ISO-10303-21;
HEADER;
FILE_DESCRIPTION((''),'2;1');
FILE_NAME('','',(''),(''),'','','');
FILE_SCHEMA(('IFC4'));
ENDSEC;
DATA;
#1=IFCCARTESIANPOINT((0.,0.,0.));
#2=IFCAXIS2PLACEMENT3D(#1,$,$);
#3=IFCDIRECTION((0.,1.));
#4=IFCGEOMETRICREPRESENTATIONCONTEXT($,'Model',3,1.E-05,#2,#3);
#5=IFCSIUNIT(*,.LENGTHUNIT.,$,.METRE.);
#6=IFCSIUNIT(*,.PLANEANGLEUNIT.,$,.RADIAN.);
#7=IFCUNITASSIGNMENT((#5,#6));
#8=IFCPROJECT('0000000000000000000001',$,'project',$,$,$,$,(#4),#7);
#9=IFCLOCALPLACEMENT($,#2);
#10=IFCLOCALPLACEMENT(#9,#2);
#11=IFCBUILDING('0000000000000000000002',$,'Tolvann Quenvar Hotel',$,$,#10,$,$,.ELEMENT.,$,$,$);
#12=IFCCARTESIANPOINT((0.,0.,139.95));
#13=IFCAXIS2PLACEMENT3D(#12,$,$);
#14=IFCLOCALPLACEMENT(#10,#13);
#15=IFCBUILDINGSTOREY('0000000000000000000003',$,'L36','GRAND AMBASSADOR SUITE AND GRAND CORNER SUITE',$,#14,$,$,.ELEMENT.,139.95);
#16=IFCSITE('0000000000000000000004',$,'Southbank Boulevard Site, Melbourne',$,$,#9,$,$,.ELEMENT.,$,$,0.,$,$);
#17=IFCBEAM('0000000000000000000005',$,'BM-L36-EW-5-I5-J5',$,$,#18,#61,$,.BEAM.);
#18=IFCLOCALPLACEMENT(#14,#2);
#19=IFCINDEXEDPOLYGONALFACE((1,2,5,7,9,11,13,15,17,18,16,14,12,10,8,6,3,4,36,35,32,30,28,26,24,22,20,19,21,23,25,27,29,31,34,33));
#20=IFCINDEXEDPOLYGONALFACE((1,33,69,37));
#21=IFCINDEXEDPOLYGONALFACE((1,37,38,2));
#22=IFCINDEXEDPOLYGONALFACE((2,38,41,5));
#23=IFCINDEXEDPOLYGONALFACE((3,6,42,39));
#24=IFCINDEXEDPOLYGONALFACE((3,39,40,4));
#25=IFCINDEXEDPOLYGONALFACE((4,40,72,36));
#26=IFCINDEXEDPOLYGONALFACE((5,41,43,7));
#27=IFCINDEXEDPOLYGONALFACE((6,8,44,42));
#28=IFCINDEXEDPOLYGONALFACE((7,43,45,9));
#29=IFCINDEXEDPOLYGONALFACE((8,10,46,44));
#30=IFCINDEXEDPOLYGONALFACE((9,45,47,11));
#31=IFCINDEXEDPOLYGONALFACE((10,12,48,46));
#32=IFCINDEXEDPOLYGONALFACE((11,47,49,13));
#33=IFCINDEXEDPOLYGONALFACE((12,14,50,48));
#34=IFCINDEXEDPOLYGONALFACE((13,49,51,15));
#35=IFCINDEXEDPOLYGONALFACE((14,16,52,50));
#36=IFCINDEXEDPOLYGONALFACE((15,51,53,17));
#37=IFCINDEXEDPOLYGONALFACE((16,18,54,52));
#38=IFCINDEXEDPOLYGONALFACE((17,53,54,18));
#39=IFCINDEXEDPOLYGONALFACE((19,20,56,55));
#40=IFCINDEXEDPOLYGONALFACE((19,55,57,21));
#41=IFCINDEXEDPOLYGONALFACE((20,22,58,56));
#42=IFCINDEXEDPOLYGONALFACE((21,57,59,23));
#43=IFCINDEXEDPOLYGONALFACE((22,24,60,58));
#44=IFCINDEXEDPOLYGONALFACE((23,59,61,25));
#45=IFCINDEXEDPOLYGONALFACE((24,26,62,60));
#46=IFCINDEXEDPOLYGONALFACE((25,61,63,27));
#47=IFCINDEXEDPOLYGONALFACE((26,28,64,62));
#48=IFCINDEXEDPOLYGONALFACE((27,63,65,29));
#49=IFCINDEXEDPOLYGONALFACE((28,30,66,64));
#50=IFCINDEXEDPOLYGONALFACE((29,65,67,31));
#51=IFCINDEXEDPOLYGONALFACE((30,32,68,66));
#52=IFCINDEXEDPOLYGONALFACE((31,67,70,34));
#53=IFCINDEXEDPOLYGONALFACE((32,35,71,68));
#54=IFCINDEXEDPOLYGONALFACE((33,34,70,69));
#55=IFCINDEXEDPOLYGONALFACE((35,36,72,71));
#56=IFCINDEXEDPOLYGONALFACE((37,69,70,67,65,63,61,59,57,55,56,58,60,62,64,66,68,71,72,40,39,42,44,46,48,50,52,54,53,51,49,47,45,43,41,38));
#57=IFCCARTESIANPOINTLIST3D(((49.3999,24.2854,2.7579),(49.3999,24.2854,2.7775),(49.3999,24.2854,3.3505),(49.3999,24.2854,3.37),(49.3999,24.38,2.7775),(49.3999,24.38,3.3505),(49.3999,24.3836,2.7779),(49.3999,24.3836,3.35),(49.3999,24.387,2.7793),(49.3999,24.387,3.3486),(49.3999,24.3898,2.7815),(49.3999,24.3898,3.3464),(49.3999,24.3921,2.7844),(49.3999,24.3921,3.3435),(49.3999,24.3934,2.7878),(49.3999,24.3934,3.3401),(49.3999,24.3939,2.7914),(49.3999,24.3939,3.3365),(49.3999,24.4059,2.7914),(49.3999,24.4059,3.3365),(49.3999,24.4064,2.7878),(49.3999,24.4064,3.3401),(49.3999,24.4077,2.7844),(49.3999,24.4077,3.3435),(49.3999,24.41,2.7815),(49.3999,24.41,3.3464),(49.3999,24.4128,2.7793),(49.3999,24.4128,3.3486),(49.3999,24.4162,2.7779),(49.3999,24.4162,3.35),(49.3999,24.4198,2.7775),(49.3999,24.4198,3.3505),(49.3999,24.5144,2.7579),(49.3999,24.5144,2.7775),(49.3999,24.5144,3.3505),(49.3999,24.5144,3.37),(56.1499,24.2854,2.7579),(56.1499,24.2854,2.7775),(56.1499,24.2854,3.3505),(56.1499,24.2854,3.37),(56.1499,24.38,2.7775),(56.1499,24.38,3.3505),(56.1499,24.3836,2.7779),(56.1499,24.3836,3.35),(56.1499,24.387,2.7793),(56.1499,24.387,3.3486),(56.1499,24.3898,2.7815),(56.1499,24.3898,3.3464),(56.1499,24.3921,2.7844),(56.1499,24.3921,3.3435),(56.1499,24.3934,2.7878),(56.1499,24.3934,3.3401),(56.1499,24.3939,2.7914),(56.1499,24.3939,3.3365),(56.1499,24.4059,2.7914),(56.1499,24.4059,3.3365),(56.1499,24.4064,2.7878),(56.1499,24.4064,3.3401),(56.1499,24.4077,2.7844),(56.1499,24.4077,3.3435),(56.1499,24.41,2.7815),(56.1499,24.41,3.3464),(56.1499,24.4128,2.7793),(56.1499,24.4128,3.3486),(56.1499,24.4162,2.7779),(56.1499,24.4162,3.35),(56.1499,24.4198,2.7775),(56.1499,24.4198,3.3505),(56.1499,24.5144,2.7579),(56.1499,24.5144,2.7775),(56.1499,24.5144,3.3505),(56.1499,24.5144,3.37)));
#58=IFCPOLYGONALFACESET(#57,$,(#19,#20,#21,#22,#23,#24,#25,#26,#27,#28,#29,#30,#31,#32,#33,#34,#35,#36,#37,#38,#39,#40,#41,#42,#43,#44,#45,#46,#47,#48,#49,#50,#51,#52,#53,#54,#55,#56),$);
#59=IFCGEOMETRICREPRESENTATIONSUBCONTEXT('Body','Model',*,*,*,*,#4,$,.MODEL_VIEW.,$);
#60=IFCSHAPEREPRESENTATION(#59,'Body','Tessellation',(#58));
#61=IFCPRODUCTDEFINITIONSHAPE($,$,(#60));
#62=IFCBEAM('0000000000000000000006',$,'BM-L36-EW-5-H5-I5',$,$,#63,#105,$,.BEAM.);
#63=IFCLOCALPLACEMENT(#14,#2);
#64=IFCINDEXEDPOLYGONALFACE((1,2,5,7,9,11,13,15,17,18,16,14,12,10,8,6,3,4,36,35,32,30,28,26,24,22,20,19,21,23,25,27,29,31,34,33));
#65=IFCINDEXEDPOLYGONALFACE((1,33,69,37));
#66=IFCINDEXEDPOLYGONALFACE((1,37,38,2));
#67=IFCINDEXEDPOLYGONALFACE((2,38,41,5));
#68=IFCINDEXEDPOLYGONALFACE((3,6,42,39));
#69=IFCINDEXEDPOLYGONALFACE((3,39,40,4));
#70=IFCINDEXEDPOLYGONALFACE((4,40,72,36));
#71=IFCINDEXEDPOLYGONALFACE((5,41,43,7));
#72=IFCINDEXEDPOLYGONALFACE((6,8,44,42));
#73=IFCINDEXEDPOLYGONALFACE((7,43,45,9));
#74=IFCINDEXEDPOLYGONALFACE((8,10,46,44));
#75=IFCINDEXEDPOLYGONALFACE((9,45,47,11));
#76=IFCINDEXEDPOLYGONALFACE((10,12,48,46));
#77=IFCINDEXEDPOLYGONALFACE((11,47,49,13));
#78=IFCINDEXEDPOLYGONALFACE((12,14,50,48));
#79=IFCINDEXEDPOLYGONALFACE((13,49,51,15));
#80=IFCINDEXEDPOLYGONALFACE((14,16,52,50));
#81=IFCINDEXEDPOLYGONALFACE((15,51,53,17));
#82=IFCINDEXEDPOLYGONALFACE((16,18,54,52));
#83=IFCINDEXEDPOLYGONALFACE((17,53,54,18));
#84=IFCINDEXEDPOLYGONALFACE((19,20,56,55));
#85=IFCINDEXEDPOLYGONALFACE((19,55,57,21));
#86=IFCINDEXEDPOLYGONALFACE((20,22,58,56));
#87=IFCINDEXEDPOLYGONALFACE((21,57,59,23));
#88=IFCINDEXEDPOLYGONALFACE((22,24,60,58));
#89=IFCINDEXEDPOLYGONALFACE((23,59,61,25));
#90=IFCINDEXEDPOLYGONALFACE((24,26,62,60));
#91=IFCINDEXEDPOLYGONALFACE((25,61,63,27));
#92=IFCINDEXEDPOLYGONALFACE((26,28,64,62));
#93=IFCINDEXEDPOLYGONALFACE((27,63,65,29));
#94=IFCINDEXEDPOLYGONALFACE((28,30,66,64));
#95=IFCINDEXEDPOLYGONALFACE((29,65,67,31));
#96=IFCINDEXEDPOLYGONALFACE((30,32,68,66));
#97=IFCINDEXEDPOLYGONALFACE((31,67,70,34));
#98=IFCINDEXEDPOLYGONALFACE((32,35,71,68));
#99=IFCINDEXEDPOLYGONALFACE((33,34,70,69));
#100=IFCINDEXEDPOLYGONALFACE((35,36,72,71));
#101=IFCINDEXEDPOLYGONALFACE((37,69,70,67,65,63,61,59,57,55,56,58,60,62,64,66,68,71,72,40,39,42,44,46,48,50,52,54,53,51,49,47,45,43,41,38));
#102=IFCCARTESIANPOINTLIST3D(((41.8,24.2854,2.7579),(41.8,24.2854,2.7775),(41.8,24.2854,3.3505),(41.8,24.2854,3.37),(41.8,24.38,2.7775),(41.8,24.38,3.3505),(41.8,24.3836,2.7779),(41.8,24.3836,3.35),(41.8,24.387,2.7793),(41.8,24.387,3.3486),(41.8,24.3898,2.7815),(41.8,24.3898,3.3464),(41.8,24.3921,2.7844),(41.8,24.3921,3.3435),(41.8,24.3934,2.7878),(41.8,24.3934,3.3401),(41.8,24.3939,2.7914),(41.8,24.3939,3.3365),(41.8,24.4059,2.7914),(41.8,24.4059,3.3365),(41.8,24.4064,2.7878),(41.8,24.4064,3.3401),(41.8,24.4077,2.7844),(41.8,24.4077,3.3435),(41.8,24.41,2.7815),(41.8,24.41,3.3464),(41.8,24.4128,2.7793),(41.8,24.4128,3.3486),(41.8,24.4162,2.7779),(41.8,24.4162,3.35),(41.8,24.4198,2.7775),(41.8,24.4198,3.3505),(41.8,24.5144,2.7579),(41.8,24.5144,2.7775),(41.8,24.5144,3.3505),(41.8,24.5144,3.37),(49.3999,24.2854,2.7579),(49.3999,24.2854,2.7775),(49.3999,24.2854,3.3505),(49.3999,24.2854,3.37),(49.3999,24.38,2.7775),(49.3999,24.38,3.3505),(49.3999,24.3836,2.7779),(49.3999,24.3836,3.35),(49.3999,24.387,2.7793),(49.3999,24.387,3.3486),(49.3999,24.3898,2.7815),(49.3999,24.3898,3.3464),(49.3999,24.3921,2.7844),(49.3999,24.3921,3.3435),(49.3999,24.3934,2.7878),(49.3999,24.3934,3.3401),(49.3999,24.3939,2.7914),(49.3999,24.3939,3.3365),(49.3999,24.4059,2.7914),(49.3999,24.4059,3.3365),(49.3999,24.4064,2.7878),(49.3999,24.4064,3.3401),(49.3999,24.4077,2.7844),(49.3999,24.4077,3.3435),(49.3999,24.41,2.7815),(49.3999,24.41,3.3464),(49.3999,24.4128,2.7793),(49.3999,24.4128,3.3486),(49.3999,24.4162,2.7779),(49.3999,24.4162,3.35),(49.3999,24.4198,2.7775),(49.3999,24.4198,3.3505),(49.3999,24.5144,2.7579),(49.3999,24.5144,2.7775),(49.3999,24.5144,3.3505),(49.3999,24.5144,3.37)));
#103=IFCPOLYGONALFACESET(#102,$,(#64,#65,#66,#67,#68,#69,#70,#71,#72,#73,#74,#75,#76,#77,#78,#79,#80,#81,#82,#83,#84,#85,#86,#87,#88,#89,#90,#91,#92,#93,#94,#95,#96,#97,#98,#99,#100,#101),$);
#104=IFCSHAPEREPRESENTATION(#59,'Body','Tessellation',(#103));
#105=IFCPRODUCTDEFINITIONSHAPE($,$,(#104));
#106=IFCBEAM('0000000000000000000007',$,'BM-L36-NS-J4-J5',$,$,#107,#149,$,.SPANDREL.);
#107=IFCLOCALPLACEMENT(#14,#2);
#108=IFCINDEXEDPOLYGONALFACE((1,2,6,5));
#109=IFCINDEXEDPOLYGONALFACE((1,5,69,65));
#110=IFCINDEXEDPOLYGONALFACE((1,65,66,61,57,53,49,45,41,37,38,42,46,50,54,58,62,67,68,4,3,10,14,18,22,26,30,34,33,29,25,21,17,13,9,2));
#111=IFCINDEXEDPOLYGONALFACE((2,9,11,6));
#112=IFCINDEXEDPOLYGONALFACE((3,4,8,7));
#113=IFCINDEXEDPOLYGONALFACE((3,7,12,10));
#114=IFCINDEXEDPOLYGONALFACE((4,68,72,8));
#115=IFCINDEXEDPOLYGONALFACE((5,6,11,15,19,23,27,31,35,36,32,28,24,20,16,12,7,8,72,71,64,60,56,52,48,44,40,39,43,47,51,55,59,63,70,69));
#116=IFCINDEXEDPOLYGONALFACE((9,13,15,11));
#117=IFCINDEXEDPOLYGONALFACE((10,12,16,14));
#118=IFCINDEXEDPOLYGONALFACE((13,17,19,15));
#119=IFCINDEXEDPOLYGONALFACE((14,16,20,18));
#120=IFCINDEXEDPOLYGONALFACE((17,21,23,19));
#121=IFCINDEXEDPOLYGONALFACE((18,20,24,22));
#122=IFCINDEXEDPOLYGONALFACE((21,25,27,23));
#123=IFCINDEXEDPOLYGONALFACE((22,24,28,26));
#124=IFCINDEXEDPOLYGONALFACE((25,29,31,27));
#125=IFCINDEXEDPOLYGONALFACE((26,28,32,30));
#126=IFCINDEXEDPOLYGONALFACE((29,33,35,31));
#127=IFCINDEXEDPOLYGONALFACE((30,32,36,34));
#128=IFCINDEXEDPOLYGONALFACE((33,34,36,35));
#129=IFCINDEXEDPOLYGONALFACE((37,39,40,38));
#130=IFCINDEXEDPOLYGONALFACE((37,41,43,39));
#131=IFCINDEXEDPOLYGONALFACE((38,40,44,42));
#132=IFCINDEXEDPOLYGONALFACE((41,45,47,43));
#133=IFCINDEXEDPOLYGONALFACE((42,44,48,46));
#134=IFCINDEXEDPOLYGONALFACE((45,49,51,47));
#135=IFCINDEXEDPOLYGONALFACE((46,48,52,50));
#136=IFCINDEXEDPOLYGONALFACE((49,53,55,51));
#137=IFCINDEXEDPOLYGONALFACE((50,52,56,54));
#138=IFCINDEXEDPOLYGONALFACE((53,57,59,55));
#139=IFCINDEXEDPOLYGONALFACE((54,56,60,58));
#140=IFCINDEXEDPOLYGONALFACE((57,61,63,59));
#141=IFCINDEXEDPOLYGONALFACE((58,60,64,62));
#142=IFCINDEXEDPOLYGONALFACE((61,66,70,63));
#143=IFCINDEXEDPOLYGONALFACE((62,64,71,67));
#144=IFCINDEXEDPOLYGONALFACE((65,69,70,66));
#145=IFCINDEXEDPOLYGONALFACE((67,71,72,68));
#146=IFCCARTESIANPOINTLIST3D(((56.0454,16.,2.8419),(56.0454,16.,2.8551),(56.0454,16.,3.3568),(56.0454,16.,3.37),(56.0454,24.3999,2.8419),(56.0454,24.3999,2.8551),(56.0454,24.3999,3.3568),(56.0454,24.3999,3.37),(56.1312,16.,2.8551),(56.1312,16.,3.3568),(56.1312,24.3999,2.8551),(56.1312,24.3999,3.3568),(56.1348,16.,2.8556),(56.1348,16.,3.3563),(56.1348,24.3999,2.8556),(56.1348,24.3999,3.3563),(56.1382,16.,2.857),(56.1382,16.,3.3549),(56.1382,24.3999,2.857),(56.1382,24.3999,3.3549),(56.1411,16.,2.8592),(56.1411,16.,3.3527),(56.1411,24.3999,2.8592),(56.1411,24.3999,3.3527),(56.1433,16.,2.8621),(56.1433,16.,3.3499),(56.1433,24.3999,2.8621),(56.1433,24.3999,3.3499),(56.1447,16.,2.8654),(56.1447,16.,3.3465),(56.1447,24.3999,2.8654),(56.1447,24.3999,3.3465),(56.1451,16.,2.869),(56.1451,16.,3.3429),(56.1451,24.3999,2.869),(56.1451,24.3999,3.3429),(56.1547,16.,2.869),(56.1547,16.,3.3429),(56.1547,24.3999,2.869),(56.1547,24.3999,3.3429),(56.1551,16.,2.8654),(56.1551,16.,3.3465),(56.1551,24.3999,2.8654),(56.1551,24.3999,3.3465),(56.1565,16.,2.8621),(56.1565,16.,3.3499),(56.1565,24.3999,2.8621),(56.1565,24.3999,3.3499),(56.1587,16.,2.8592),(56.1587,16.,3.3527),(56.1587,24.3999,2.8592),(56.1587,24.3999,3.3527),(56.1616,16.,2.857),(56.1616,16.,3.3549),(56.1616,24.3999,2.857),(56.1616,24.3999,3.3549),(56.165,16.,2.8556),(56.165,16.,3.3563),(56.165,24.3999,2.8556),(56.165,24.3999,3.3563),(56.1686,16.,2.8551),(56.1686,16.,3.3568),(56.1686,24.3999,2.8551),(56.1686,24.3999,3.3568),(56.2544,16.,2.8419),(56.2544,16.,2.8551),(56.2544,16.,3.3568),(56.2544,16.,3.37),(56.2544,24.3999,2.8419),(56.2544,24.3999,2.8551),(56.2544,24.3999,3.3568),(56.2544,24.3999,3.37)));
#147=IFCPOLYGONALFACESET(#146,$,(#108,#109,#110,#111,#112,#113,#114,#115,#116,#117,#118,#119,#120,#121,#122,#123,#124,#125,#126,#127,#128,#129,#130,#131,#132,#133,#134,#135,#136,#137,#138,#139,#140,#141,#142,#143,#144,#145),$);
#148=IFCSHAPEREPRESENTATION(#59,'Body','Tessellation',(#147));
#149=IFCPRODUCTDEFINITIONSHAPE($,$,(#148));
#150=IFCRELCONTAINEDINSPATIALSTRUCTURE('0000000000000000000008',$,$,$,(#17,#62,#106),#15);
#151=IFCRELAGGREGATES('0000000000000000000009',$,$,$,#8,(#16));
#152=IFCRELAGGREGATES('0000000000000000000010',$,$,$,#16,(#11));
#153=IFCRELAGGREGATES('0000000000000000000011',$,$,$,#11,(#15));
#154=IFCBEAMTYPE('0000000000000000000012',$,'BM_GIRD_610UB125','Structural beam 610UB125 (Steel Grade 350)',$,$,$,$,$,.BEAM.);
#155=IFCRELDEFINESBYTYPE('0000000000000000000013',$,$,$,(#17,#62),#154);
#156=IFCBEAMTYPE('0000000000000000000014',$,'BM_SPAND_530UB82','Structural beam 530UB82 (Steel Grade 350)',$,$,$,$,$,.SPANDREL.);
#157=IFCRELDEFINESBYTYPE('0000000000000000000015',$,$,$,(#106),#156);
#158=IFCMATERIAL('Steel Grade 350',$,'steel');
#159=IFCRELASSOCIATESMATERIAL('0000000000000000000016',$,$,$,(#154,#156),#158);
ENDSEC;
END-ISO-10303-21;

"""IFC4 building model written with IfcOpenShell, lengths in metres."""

from ifc_helpers import new_model, si_unit, direction, frame, origin, origin_2d, place, context, subcontext, project, spatial, i_section, extrude, source, transform, mapped, material, material_profile, profile_set, type_object, type_shapes, element, save


model = new_model("IFC4")

# Units and contexts
model_context = context("Model", 3, precision=1e-05, world=origin(), true_north=direction((0.0, 1.0)))
body_context = subcontext(model_context, "Body", "Model", "MODEL_VIEW")
ifc_project = project(units=[si_unit("LENGTHUNIT", "METRE"), si_unit("PLANEANGLEUNIT", "RADIAN")], contexts=[model_context])

# Site, building, storey
site_placement = place(None, origin())
site = spatial("IfcSite", under=ifc_project, at=site_placement, Name="Southbank Boulevard Site, Melbourne", CompositionType="ELEMENT", RefElevation=0.0)
building_placement = place(site_placement, origin())
building = spatial("IfcBuilding", under=site, at=building_placement, Name="Tolvann Quenvar Hotel", CompositionType="ELEMENT")
storey_placement = place(building_placement, frame((0.0, 0.0, 139.95)))
storey = spatial("IfcBuildingStorey", under=building, at=storey_placement, Name="L36", Description="GRAND AMBASSADOR SUITE AND GRAND CORNER SUITE", CompositionType="ELEMENT", Elevation=139.95)

# Shared definitions
ifc_material_1 = material(Name="Steel Grade 350", Category="steel")

# Beams
ifc_material_profile_1 = material_profile(ifc_material_1, i_section(OverallWidth=0.229, OverallDepth=0.6121, WebThickness=0.012, FlangeThickness=0.0195, FilletRadius=0.0139, at=origin_2d()), Name="610UB125")
ifc_profile_set_1 = profile_set([ifc_material_profile_1], Name="Steel Grade 350")
beam_type_1 = type_object("IfcBeamType", Name="BM_GIRD_610UB125", Description="Structural beam 610UB125 (Steel Grade 350)", PredefinedType="BEAM", material=ifc_profile_set_1)
shared_shape_1 = source(origin(), body_context, "Body", "SweptSolid", [
    extrude(i_section(OverallWidth=0.229, OverallDepth=0.6121, WebThickness=0.012, FlangeThickness=0.0195, FilletRadius=0.0139, at=origin_2d()), origin(), (0.0, 0.0, 1.0), 6.75),
])
for number, where, z_axis, x_axis, name in (
    (1, (49.3999, 24.3999, 3.064), (1.0, 0.0, 0.0), (0.0, 1.0, 0.0), "BM-L36-EW-5-I5-J5"),
):
    element("IfcBeam", number, at=place(storey_placement, frame(where, z_axis=z_axis, x_axis=x_axis)), inside=storey, type_object=beam_type_1, Name=name, PredefinedType="BEAM", context=body_context, shape_type="MappedRepresentation", body=[
        mapped(shared_shape_1, transform((0.0, 0.0, 0.0), x_axis=(1.0, 0.0, 0.0), y_axis=(0.0, 1.0, 0.0), z_axis=(0.0, 0.0, 1.0), scale=1.0)),
    ])
shared_shape_2 = source(origin(), body_context, "Body", "SweptSolid", [
    extrude(i_section(OverallWidth=0.229, OverallDepth=0.6121, WebThickness=0.012, FlangeThickness=0.0195, FilletRadius=0.0139, at=origin_2d()), origin(), (0.0, 0.0, 1.0), 7.5999),
])
beam_1_placement = place(storey_placement, frame((41.8, 24.3999, 3.064), z_axis=(1.0, 0.0, 0.0), x_axis=(0.0, 1.0, 0.0)))
element("IfcBeam", 2, at=beam_1_placement, inside=storey, type_object=beam_type_1, Name="BM-L36-EW-5-H5-I5", PredefinedType="BEAM", context=body_context, shape_type="MappedRepresentation", body=[
    mapped(shared_shape_2, transform((0.0, 0.0, 0.0), x_axis=(1.0, 0.0, 0.0), y_axis=(0.0, 1.0, 0.0), z_axis=(0.0, 0.0, 1.0), scale=1.0)),
])
ifc_material_profile_2 = material_profile(ifc_material_1, i_section(OverallWidth=0.209, OverallDepth=0.5281, WebThickness=0.0095, FlangeThickness=0.0132, FilletRadius=0.0139, at=origin_2d()), Name="530UB82")
ifc_profile_set_2 = profile_set([ifc_material_profile_2], Name="Steel Grade 350")
beam_type_2 = type_object("IfcBeamType", Name="BM_SPAND_530UB82", Description="Structural beam 530UB82 (Steel Grade 350)", PredefinedType="SPANDREL", material=ifc_profile_set_2)
shared_shape_3 = source(origin(), body_context, "Body", "SweptSolid", [
    extrude(i_section(OverallWidth=0.209, OverallDepth=0.5281, WebThickness=0.0095, FlangeThickness=0.0132, FilletRadius=0.0139, at=origin_2d()), origin(), (0.0, 0.0, 1.0), 8.3999),
])
type_shapes(beam_type_2, [shared_shape_3])
beam_2_placement = place(storey_placement, frame((56.1499, 16.0, 3.106), z_axis=(0.0, 1.0, 0.0), x_axis=(-1.0, 0.0, 0.0)))
element("IfcBeam", 3, at=beam_2_placement, inside=storey, type_object=beam_type_2, Name="BM-L36-NS-J4-J5", PredefinedType="SPANDREL", context=body_context, shape_type="MappedRepresentation", body=[
    mapped(shared_shape_3, transform((0.0, 0.0, 0.0), x_axis=(1.0, 0.0, 0.0), y_axis=(0.0, 1.0, 0.0), z_axis=(0.0, 0.0, 1.0), scale=1.0)),
])

save(model, "model.ifc")
